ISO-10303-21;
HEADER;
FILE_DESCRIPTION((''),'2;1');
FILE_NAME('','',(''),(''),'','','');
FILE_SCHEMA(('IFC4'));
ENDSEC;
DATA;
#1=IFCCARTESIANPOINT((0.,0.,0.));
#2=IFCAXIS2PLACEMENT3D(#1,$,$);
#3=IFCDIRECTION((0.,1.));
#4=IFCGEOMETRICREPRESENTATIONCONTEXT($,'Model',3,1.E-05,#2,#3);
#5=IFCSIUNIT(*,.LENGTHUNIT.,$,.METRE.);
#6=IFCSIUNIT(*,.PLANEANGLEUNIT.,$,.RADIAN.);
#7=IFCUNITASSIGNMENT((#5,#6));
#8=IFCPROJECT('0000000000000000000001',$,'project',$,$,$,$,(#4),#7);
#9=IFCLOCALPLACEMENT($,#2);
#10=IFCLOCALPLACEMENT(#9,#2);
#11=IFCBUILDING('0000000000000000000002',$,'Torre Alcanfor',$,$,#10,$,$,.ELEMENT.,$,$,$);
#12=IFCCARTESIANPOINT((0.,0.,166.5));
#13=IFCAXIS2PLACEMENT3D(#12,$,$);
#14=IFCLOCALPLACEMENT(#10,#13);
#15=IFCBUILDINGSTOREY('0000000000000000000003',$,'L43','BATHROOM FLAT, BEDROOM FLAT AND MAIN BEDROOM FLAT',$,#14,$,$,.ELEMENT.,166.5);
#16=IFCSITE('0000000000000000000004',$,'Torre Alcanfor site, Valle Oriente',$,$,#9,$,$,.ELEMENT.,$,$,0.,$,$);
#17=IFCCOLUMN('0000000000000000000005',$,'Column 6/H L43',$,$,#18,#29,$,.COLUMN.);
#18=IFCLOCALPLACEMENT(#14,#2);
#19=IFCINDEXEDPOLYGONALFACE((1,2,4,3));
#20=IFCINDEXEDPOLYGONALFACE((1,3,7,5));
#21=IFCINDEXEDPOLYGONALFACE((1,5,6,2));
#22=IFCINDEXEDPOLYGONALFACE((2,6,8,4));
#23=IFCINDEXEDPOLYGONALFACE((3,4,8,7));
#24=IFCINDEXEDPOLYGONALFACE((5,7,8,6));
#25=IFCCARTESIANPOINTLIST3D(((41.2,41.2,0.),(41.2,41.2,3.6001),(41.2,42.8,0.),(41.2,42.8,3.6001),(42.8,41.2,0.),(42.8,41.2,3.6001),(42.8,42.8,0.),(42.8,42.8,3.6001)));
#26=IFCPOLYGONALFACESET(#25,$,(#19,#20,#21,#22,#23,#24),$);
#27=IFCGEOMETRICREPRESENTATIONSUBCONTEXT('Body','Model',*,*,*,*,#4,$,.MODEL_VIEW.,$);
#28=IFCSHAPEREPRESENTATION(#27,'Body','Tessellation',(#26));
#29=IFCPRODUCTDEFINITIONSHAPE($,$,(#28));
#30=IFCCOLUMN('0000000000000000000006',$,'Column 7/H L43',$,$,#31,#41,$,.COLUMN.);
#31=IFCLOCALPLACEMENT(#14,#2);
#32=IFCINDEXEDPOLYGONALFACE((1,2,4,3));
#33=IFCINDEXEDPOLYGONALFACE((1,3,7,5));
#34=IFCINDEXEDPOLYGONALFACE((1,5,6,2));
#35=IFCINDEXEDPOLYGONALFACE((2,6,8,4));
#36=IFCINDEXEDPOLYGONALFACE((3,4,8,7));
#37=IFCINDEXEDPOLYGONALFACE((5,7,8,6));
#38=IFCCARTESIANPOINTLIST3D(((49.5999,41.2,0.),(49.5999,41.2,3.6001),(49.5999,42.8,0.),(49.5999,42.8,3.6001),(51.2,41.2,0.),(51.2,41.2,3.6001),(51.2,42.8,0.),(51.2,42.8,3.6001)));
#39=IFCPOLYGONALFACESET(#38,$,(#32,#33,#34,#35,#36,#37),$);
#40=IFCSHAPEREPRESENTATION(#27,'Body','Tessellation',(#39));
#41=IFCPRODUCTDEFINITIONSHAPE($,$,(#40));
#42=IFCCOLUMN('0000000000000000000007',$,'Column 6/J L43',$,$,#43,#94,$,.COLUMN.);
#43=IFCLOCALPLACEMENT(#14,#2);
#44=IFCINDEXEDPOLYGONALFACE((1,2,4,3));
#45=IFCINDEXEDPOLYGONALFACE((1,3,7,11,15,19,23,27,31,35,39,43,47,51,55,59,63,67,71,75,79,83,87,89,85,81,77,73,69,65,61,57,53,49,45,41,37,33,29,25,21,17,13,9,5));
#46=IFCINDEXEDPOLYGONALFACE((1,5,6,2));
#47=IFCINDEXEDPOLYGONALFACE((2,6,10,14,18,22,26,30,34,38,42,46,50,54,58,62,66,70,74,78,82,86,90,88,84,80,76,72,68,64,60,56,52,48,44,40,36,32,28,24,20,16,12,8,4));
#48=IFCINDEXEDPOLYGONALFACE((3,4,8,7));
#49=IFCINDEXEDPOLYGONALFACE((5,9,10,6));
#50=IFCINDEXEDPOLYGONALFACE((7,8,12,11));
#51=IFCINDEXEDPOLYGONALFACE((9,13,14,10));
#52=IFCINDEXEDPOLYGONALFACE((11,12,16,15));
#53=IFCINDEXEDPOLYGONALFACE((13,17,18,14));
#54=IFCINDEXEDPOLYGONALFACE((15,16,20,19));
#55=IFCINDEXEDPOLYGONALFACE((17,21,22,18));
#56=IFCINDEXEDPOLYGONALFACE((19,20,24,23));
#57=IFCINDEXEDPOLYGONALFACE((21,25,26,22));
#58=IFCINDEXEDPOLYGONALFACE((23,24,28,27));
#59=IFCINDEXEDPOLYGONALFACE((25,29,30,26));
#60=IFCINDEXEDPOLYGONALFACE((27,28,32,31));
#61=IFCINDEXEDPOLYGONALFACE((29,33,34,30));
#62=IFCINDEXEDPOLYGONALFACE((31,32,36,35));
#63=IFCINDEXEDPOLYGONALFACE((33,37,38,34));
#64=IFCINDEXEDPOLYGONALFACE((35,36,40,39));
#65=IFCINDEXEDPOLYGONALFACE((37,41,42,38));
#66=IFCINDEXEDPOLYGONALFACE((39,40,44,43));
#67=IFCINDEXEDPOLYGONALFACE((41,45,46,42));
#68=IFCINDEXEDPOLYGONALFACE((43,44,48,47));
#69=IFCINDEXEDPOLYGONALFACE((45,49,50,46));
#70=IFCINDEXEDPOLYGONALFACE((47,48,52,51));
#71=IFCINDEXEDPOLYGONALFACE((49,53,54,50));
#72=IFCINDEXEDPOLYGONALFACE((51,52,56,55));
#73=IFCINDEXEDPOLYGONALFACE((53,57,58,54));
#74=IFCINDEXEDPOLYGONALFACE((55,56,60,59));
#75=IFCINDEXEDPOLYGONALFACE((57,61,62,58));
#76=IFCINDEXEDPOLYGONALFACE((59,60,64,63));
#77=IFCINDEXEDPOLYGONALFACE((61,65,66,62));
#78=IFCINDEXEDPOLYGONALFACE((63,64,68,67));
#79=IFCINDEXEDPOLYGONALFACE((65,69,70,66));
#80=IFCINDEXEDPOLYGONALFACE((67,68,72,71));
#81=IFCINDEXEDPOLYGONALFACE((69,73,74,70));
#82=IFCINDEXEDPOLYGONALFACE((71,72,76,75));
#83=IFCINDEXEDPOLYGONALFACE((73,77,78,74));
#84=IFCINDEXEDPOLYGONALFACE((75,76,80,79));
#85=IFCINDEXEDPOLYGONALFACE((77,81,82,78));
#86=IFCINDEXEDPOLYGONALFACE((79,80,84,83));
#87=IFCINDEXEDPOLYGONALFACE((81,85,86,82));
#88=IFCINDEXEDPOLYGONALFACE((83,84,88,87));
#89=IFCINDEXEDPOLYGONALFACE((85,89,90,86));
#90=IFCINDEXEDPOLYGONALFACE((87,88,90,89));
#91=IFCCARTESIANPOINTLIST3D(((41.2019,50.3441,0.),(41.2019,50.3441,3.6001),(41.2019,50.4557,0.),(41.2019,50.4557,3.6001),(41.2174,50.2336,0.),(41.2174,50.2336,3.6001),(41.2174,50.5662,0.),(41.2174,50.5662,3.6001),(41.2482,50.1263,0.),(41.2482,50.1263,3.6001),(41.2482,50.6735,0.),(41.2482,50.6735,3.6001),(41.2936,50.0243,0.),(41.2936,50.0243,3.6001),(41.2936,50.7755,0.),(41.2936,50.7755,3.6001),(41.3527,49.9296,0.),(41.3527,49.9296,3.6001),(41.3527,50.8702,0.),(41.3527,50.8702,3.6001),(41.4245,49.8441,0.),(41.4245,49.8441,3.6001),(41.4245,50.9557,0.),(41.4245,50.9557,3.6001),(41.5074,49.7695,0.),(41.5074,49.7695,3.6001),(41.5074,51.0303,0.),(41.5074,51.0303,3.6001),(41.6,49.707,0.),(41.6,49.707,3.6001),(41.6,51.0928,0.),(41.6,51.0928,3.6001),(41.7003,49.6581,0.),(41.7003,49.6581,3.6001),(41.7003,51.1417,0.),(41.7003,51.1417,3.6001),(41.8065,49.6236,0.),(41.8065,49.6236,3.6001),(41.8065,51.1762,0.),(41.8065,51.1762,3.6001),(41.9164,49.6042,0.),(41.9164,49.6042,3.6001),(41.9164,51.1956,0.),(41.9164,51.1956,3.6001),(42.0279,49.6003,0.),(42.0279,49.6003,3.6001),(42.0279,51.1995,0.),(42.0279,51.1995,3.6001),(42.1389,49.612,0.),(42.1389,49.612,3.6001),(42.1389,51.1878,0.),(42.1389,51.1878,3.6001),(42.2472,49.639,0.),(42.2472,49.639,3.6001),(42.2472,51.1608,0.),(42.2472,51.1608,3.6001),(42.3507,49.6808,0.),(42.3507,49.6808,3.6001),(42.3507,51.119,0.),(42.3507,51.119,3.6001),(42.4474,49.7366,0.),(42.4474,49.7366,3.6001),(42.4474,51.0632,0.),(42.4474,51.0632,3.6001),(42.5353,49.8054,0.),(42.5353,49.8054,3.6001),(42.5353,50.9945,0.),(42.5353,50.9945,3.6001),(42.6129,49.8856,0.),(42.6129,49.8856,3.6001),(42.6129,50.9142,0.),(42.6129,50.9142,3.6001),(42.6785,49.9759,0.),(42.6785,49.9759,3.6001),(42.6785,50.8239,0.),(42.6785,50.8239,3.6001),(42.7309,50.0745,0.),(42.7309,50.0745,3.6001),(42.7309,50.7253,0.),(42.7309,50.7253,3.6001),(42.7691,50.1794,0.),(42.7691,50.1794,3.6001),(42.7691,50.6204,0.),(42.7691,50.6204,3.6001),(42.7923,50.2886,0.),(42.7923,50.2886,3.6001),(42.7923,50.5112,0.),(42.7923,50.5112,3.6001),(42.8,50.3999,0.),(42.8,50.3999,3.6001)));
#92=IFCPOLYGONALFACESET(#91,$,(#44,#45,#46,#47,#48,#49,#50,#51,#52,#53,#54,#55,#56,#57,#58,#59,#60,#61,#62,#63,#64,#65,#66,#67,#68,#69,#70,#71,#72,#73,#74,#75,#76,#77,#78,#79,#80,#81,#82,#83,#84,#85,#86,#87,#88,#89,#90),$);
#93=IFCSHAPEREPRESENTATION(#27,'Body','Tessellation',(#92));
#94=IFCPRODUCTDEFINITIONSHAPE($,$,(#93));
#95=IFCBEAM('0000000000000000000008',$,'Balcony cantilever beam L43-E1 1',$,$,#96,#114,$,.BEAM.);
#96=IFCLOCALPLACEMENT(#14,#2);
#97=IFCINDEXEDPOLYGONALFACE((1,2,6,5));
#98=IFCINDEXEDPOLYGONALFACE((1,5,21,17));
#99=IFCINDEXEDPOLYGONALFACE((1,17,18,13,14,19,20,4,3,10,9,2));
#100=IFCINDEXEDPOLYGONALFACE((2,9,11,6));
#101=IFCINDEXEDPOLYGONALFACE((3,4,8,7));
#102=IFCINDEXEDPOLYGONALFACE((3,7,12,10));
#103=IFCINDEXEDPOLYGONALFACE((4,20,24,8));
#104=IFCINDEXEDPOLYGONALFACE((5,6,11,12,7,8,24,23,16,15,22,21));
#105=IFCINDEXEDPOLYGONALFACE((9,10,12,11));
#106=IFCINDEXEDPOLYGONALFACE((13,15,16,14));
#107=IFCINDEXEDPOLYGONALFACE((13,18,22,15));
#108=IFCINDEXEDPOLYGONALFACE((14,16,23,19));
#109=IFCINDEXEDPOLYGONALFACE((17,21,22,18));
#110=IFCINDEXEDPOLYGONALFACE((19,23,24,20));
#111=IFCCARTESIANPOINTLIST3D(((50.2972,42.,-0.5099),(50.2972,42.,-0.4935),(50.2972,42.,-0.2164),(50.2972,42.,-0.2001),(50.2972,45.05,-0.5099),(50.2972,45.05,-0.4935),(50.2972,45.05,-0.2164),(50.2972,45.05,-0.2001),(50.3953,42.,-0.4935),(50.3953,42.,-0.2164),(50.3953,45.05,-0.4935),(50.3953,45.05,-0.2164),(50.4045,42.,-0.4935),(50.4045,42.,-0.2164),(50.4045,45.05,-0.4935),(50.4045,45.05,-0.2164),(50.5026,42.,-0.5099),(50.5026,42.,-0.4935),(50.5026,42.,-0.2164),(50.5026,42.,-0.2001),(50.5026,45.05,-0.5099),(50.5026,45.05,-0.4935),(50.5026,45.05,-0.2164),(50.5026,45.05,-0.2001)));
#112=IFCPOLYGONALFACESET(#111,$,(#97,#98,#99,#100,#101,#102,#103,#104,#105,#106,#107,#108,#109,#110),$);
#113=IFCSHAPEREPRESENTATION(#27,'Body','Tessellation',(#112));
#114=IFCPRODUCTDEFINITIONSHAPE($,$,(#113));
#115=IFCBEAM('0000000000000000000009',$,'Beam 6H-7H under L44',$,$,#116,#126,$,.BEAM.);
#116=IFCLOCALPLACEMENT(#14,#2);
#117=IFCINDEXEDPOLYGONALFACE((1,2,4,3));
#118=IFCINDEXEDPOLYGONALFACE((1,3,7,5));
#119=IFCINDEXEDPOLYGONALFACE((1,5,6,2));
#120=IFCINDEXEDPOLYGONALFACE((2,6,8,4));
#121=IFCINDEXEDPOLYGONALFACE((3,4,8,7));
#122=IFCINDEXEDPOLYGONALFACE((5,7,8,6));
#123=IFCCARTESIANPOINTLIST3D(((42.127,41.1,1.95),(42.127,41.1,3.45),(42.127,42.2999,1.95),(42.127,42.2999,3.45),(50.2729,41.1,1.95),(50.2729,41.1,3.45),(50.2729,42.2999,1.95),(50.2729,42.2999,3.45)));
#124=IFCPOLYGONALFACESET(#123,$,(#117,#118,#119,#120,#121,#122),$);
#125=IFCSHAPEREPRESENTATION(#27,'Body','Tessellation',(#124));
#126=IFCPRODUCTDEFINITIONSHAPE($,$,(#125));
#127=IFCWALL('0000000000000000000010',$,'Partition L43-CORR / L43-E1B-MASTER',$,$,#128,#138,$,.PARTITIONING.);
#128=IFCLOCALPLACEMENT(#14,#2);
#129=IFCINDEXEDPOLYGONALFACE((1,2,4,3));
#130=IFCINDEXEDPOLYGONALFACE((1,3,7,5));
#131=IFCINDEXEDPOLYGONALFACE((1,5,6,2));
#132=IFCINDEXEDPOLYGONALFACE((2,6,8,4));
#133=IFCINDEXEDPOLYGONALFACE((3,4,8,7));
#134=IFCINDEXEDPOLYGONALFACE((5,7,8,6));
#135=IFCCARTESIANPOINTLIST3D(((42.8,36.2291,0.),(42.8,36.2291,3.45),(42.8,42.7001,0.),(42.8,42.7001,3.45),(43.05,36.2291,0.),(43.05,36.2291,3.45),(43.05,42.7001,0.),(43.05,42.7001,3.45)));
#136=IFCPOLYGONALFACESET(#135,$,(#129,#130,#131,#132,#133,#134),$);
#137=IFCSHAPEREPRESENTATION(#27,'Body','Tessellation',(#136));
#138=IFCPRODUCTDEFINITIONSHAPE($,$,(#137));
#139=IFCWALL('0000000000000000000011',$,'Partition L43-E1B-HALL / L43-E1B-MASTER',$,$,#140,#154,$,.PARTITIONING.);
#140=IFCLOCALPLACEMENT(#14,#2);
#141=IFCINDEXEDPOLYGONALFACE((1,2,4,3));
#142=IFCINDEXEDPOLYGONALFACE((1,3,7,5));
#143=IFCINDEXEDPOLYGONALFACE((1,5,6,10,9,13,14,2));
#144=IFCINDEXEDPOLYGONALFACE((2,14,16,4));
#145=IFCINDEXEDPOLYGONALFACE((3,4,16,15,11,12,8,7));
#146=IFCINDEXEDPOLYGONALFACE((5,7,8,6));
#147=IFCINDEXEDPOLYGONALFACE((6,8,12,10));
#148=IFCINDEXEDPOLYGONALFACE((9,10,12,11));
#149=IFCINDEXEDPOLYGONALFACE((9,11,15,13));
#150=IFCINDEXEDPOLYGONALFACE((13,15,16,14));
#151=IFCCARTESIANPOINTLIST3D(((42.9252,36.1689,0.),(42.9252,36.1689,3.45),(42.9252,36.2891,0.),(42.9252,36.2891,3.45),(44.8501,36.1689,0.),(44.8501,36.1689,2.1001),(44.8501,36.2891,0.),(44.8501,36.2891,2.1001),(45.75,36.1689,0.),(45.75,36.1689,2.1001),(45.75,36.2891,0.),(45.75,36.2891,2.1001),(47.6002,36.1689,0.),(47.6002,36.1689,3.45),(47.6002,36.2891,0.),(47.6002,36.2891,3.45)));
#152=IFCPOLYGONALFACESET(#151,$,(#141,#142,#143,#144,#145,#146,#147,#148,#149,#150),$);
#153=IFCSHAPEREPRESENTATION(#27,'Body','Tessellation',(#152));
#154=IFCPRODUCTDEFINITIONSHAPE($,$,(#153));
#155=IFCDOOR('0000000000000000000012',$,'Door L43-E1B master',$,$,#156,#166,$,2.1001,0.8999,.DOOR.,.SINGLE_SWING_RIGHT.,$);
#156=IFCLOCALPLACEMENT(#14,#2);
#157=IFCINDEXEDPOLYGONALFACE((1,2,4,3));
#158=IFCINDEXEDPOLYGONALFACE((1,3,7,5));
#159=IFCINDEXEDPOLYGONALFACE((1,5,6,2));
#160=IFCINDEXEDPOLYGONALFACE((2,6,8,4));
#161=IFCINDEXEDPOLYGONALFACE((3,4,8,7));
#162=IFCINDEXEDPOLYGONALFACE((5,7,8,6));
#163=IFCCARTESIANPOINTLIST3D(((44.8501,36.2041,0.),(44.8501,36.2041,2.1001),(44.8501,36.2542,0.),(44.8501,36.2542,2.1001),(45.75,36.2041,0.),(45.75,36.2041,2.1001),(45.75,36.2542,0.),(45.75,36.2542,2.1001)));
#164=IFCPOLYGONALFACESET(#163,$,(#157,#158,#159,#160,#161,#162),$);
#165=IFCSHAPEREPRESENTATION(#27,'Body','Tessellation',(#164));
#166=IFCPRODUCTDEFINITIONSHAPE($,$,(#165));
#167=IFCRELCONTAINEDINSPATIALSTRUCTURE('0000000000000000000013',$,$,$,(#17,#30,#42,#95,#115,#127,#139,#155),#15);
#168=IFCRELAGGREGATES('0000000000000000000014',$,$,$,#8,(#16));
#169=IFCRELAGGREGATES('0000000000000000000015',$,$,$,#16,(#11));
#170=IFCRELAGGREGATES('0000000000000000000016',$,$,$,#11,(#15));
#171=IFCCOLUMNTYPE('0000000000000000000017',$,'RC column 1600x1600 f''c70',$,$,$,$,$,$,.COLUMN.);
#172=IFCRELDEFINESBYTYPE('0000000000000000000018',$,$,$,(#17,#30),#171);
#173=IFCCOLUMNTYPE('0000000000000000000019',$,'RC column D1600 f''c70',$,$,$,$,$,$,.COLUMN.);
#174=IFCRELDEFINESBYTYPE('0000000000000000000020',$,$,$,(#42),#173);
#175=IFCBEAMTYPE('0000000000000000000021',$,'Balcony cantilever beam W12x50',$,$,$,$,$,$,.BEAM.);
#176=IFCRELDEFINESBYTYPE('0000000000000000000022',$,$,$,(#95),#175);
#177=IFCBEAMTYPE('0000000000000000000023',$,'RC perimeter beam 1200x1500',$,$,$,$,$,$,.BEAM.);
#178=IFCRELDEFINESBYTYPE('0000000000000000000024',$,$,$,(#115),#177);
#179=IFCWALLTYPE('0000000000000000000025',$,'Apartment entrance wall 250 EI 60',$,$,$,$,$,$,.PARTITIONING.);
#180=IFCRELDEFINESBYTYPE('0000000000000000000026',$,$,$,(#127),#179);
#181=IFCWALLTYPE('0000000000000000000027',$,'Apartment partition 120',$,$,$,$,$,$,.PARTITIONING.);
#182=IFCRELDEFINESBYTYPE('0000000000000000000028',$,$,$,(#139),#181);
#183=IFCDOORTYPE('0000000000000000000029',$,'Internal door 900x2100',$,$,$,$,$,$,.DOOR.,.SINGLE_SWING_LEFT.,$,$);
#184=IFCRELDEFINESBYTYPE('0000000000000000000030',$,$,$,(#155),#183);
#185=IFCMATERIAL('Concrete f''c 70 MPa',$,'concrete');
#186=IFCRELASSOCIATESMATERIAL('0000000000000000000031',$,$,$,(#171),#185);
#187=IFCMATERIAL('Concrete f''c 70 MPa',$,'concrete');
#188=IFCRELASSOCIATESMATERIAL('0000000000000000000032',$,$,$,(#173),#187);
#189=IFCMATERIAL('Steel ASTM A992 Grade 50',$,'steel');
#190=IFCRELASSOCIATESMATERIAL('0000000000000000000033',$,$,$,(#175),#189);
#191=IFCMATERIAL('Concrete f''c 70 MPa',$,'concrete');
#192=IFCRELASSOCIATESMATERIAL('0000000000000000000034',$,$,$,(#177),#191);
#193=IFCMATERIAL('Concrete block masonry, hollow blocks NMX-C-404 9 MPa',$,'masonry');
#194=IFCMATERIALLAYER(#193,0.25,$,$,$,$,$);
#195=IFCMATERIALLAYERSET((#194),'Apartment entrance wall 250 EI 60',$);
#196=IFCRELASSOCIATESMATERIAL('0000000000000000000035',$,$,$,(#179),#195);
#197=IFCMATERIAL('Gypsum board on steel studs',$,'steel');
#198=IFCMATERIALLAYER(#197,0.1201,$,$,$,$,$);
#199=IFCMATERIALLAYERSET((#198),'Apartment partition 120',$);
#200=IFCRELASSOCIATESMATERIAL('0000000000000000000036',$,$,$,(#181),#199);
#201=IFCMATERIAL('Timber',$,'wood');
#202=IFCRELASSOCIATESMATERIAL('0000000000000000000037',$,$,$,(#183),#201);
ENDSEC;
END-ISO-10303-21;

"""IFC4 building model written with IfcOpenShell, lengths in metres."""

from ifc_helpers import new_model, si_unit, direction, frame, frame_2d, origin, origin_2d, place, context, subcontext, project, spatial, rectangle, circle, i_section, extrude, material, layer, layer_set, material_profile, profile_set, type_object, element, fill, save


model = new_model("IFC4")

# Units and contexts
model_context = context("Model", 3, precision=1e-05, world=origin(), true_north=direction((0.0, 1.0)))
body_context = subcontext(model_context, "Body", "Model", "MODEL_VIEW")
ifc_project = project(units=[si_unit("LENGTHUNIT", "METRE"), si_unit("PLANEANGLEUNIT", "RADIAN")], contexts=[model_context])

# Site, building, storey
site_placement = place(None, origin())
site = spatial("IfcSite", under=ifc_project, at=site_placement, Name="Torre Alcanfor site, Valle Oriente", CompositionType="ELEMENT", RefElevation=0.0)
building_placement = place(site_placement, origin())
building = spatial("IfcBuilding", under=site, at=building_placement, Name="Torre Alcanfor", CompositionType="ELEMENT")
storey_placement = place(building_placement, frame((0.0, 0.0, 166.5)))
storey = spatial("IfcBuildingStorey", under=building, at=storey_placement, Name="L43", Description="BATHROOM FLAT, BEDROOM FLAT AND MAIN BEDROOM FLAT", CompositionType="ELEMENT", Elevation=166.5)

# Columns
ifc_material_1 = material(Name="Concrete f'c 70 MPa", Category="concrete")
ifc_material_profile_1 = material_profile(ifc_material_1, rectangle(XDim=1.6001, YDim=1.6001, at=origin_2d()), Name="1600x1600")
ifc_profile_set_1 = profile_set([ifc_material_profile_1], Name="Concrete f'c 70 MPa")
column_type_1 = type_object("IfcColumnType", Name="RC column 1600x1600 f'c70", PredefinedType="COLUMN", material=ifc_profile_set_1)
for number, where, z_axis, x_axis, name in (
    (1, (42.0, 42.0, 0.0), (0.0, 0.0, 1.0), (1.0, 0.0, 0.0), "Column 6/H L43"),
    (2, (50.3999, 42.0, 0.0), (0.0, 0.0, 1.0), (1.0, 0.0, 0.0), "Column 7/H L43"),
):
    element("IfcColumn", number, at=place(storey_placement, frame(where, z_axis=z_axis, x_axis=x_axis)), inside=storey, type_object=column_type_1, Name=name, PredefinedType="COLUMN", context=body_context, shape_type="SweptSolid", body=[
        extrude(rectangle(XDim=1.6001, YDim=1.6001, at=origin_2d()), origin(), (0.0, 0.0, 1.0), 3.6001),
    ])
ifc_material_2 = material(Name="Concrete f'c 70 MPa", Category="concrete")
ifc_material_profile_2 = material_profile(ifc_material_2, circle(Radius=0.8, at=origin_2d()), Name="D1600")
ifc_profile_set_2 = profile_set([ifc_material_profile_2], Name="Concrete f'c 70 MPa")
column_type_2 = type_object("IfcColumnType", Name="RC column D1600 f'c70", PredefinedType="COLUMN", material=ifc_profile_set_2)
column_placement = place(storey_placement, frame((42.0, 50.3999, 0.0), z_axis=(0.0, 0.0, 1.0), x_axis=(1.0, 0.0, 0.0)))
element("IfcColumn", 3, at=column_placement, inside=storey, type_object=column_type_2, Name="Column 6/J L43", PredefinedType="COLUMN", context=body_context, shape_type="SweptSolid", body=[
    extrude(circle(Radius=0.8, at=origin_2d()), origin(), (0.0, 0.0, 1.0), 3.6001),
])

# Beams
ifc_material_3 = material(Name="Steel ASTM A992 Grade 50", Category="steel")
ifc_material_profile_3 = material_profile(ifc_material_3, i_section(OverallWidth=0.2053, OverallDepth=0.3098, WebThickness=0.0093, FlangeThickness=0.0164, at=origin_2d()), Name="W12x50")
ifc_profile_set_3 = profile_set([ifc_material_profile_3], Name="Steel ASTM A992 Grade 50")
beam_type_1 = type_object("IfcBeamType", Name="Balcony cantilever beam W12x50", PredefinedType="BEAM", material=ifc_profile_set_3)
beam_1_placement = place(storey_placement, frame((50.3999, 42.0, -0.355), z_axis=(0.0, 1.0, 0.0), x_axis=(-1.0, 0.0, 0.0)))
element("IfcBeam", 4, at=beam_1_placement, inside=storey, type_object=beam_type_1, Name="Balcony cantilever beam L43-E1 1", PredefinedType="BEAM", context=body_context, shape_type="SweptSolid", body=[
    extrude(i_section(OverallWidth=0.2053, OverallDepth=0.3098, WebThickness=0.0093, FlangeThickness=0.0164, at=origin_2d()), origin(), (0.0, 0.0, 1.0), 3.05),
])
ifc_material_4 = material(Name="Concrete f'c 70 MPa", Category="concrete")
ifc_material_profile_4 = material_profile(ifc_material_4, rectangle(XDim=1.2, YDim=1.5, at=origin_2d()), Name="1200x1500")
ifc_profile_set_4 = profile_set([ifc_material_profile_4], Name="Concrete f'c 70 MPa")
beam_type_2 = type_object("IfcBeamType", Name="RC perimeter beam 1200x1500", PredefinedType="BEAM", material=ifc_profile_set_4)
beam_2_placement = place(storey_placement, frame((42.127, 41.7, 2.7), z_axis=(1.0, 0.0, 0.0), x_axis=(0.0, 1.0, 0.0)))
element("IfcBeam", 5, at=beam_2_placement, inside=storey, type_object=beam_type_2, Name="Beam 6H-7H under L44", PredefinedType="BEAM", context=body_context, shape_type="SweptSolid", body=[
    extrude(rectangle(XDim=1.2, YDim=1.5, at=origin_2d()), origin(), (0.0, 0.0, 1.0), 8.146),
])

# Wall
ifc_material_5 = material(Name="Concrete block masonry, hollow blocks NMX-C-404 9 MPa", Category="masonry")
ifc_layer_1 = layer(ifc_material_5, 0.25)
ifc_layer_set_1 = layer_set([ifc_layer_1], Name="Apartment entrance wall 250 EI 60")
wall_type_1 = type_object("IfcWallType", Name="Apartment entrance wall 250 EI 60", PredefinedType="PARTITIONING", material=ifc_layer_set_1)
wall_1_placement = place(storey_placement, frame((42.925, 42.7, 0.0), z_axis=(0.0, 0.0, 1.0), x_axis=(0.0, -1.0, 0.0)))
element("IfcWall", 6, at=wall_1_placement, inside=storey, type_object=wall_type_1, Name="Partition L43-CORR / L43-E1B-MASTER", PredefinedType="PARTITIONING", context=body_context, shape_type="SweptSolid", body=[
    extrude(rectangle(XDim=6.4709, YDim=0.25, at=frame_2d((3.2354, 0.0))), origin(), (0.0, 0.0, 1.0), 3.45),
])

# Wall, opening, door
ifc_material_6 = material(Name="Gypsum board on steel studs", Category="steel")
ifc_layer_2 = layer(ifc_material_6, 0.1201)
ifc_layer_set_2 = layer_set([ifc_layer_2], Name="Apartment partition 120")
wall_type_2 = type_object("IfcWallType", Name="Apartment partition 120", PredefinedType="PARTITIONING", material=ifc_layer_set_2)
wall_2_placement = place(storey_placement, frame((47.6001, 36.229, 0.0), z_axis=(0.0, 0.0, 1.0), x_axis=(-1.0, 0.0, 0.0)))
wall_2 = element("IfcWall", 7, at=wall_2_placement, inside=storey, type_object=wall_type_2, Name="Partition L43-E1B-HALL / L43-E1B-MASTER", PredefinedType="PARTITIONING", context=body_context, shape_type="SweptSolid", body=[
    extrude(rectangle(XDim=4.675, YDim=0.1201, at=frame_2d((2.3374, 0.0))), origin(), (0.0, 0.0, 1.0), 3.45),
])
opening_1_placement = place(wall_2_placement, frame((1.8501, 0.0, 0.0)))
opening_1 = element("IfcOpeningElement", 8, at=opening_1_placement, cuts=wall_2, PredefinedType="OPENING", context=body_context, shape_type="SweptSolid", body=[
    extrude(rectangle(XDim=0.8999, YDim=2.1001, at=frame_2d((0.45, 1.05))), frame((0.0, 0.0701, 0.0), z_axis=(0.0, -1.0, 0.0), x_axis=(1.0, 0.0, 0.0)), (0.0, 0.0, 1.0), 0.1401),
])
ifc_material_7 = material(Name="Timber", Category="wood")
door_type_1 = type_object("IfcDoorType", Name="Internal door 900x2100", OperationType="SINGLE_SWING_LEFT", PredefinedType="DOOR", material=ifc_material_7)
door_1_placement = place(opening_1_placement, frame((0.8999, 0.0, 0.0), z_axis=(0.0, 0.0, 1.0), x_axis=(-1.0, 0.0, 0.0)))
door_1 = element("IfcDoor", 9, at=door_1_placement, inside=storey, type_object=door_type_1, Name="Door L43-E1B master", OperationType="SINGLE_SWING_RIGHT", OverallHeight=2.1001, OverallWidth=0.8999, PredefinedType="DOOR", context=body_context, shape_type="SweptSolid", body=[
    extrude(rectangle(XDim=0.8999, YDim=2.1001, at=frame_2d((0.45, 1.05))), frame((0.0, 0.0251, 0.0), z_axis=(0.0, -1.0, 0.0), x_axis=(1.0, 0.0, 0.0)), (0.0, 0.0, 1.0), 0.05),
])
fill(opening_1, door_1)

save(model, "model.ifc")
